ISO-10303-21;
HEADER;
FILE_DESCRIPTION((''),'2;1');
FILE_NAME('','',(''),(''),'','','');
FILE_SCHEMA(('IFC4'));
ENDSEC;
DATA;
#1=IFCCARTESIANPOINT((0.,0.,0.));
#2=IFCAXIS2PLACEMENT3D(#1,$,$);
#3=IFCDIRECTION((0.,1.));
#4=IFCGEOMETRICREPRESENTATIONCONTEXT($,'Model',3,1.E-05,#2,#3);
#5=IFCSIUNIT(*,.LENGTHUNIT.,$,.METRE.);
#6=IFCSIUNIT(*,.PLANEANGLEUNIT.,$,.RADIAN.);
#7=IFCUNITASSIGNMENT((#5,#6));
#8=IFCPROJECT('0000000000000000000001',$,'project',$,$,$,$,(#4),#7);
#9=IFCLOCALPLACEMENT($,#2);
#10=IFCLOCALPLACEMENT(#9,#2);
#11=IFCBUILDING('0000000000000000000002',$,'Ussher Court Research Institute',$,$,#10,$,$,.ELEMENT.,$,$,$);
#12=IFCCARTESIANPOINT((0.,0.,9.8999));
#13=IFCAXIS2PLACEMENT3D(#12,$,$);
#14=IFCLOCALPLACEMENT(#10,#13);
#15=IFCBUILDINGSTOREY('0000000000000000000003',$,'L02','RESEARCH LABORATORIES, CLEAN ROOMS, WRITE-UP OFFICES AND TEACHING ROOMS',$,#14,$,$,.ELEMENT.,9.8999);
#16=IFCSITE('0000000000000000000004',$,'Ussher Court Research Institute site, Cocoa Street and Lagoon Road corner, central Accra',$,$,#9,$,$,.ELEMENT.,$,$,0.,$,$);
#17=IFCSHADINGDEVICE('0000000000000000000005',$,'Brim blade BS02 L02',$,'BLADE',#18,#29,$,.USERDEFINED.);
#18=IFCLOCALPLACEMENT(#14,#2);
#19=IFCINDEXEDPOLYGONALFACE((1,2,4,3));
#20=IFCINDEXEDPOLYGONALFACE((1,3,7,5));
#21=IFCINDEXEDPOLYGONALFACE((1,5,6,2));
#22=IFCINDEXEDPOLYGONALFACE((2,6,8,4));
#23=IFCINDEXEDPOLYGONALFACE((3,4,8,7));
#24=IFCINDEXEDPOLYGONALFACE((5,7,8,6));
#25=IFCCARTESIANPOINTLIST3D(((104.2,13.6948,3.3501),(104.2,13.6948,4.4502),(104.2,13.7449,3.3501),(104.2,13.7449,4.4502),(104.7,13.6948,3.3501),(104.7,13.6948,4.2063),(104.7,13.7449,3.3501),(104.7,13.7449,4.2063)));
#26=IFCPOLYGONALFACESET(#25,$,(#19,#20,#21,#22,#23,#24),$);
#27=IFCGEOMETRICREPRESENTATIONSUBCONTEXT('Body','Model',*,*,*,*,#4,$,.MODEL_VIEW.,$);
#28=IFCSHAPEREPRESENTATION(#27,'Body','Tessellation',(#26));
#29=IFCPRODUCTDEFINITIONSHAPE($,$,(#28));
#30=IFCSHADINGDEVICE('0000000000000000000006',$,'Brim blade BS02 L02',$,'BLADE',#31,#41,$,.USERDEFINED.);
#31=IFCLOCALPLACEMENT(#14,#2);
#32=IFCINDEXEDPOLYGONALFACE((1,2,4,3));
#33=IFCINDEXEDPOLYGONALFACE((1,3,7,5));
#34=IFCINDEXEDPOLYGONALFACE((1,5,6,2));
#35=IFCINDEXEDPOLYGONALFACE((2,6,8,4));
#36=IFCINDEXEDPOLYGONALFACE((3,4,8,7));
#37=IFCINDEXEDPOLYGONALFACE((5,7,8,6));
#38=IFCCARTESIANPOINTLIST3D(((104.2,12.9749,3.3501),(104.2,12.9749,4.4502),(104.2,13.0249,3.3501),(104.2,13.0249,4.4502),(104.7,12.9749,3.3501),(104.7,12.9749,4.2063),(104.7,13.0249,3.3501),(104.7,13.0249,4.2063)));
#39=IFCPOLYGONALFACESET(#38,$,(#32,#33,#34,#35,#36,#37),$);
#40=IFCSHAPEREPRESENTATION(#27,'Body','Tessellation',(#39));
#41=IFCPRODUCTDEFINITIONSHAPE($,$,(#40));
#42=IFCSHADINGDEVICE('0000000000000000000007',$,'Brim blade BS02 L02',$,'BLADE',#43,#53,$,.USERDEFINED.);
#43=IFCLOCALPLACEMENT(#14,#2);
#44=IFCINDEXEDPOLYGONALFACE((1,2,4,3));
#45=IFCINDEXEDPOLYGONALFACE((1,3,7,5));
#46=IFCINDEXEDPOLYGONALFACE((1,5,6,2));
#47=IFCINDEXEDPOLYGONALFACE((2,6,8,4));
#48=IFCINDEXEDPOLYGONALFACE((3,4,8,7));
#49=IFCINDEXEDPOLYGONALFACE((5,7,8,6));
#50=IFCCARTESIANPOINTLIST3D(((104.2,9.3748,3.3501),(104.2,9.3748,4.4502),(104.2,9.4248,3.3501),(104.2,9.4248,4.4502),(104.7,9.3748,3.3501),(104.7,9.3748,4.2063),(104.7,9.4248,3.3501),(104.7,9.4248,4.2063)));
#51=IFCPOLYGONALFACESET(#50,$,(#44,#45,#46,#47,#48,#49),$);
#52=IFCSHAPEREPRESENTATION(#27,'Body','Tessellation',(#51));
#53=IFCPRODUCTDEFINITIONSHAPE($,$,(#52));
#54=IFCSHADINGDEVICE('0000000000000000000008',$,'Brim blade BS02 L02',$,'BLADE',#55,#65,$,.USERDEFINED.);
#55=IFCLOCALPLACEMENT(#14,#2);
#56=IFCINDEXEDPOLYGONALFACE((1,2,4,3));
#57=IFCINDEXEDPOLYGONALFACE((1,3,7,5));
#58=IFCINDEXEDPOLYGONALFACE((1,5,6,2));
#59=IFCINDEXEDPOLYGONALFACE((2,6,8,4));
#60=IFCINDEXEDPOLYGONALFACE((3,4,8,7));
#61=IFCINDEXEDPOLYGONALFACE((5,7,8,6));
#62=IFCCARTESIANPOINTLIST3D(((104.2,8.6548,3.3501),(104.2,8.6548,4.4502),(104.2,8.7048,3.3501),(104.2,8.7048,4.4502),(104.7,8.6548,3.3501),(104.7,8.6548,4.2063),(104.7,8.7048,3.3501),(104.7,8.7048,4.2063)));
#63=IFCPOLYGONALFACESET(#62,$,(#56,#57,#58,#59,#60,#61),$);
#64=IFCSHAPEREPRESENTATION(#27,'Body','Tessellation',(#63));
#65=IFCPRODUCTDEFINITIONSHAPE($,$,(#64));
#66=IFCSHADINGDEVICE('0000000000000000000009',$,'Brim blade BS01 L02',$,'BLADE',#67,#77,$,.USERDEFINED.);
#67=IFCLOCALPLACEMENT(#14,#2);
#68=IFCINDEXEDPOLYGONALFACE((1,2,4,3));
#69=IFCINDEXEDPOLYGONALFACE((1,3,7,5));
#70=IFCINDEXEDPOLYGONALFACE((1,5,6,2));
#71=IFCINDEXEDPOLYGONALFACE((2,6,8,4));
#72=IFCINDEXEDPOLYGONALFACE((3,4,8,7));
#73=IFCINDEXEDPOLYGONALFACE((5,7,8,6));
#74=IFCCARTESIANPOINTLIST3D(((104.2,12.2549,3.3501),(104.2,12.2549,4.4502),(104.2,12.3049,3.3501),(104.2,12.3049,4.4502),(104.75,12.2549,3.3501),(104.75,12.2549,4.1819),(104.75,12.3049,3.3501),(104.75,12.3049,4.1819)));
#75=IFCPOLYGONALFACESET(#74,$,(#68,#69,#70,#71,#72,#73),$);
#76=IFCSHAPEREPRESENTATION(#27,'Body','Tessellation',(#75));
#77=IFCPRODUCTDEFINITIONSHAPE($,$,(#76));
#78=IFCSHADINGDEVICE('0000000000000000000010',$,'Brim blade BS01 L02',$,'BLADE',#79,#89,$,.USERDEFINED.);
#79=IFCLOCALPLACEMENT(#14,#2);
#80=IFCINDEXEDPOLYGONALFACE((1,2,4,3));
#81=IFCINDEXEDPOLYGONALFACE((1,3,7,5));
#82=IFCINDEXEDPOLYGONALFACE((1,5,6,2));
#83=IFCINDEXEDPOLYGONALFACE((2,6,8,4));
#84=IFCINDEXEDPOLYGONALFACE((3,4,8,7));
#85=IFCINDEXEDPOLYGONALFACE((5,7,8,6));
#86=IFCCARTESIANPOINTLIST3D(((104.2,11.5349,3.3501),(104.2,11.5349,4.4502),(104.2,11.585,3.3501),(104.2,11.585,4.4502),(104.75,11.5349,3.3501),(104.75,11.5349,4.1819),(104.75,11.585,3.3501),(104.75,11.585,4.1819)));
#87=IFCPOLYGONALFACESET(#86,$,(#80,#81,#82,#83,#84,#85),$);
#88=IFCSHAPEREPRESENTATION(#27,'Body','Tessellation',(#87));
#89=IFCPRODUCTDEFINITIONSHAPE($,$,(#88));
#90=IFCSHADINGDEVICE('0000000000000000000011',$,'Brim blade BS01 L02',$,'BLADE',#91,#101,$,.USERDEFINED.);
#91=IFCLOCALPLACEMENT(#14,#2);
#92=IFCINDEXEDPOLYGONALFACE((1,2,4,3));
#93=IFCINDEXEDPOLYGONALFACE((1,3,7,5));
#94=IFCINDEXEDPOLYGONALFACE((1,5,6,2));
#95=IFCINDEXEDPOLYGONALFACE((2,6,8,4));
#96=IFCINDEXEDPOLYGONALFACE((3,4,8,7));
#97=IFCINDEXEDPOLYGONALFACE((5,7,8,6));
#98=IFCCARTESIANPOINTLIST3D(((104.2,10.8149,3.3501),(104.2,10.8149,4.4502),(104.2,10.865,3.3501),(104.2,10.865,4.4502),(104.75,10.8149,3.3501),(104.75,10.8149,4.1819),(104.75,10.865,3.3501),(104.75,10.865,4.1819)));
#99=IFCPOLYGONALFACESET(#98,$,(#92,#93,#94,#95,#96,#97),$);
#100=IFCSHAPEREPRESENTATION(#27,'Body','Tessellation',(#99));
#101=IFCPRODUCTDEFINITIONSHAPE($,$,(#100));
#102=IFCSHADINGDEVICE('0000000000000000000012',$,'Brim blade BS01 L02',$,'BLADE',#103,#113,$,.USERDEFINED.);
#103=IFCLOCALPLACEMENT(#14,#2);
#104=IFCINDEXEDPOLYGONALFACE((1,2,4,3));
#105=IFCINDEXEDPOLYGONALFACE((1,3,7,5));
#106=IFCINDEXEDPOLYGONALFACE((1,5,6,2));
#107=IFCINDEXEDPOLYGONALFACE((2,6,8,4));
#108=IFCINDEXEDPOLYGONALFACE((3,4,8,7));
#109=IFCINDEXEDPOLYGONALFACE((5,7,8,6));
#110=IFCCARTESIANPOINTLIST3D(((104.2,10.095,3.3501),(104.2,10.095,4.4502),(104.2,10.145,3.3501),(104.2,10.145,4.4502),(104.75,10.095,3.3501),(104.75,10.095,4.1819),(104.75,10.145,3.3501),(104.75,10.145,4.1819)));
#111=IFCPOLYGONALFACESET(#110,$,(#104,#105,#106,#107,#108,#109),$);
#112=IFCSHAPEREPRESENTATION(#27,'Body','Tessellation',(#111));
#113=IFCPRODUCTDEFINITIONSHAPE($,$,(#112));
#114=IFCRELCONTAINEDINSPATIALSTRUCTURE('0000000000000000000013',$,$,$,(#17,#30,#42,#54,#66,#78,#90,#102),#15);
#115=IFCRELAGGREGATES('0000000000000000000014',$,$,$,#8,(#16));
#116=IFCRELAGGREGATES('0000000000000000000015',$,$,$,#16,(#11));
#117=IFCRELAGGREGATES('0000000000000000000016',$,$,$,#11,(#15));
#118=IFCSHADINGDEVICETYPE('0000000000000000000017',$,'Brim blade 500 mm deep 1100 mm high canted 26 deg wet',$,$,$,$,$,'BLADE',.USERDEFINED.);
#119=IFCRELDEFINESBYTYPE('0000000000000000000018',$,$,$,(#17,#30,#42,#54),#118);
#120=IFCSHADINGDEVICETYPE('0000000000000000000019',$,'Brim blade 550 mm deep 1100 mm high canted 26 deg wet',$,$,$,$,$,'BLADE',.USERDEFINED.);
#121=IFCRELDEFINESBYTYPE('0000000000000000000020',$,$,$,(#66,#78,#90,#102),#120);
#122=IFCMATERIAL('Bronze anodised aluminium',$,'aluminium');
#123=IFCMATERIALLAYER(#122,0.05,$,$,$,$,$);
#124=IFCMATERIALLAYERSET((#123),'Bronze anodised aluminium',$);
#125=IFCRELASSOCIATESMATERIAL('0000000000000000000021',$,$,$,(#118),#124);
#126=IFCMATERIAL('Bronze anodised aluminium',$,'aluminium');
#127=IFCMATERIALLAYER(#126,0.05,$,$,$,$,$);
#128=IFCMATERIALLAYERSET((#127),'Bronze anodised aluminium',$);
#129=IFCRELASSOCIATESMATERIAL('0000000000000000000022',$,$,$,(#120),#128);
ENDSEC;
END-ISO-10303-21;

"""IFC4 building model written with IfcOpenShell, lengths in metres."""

from ifc_helpers import new_model, si_unit, direction, frame, origin, place, context, subcontext, project, spatial, polyline, outline, extrude, material, layer, layer_set, type_object, element, save


model = new_model("IFC4")

# Units and contexts
model_context = context("Model", 3, precision=1e-05, world=origin(), true_north=direction((0.0, 1.0)))
body_context = subcontext(model_context, "Body", "Model", "MODEL_VIEW")
ifc_project = project(units=[si_unit("LENGTHUNIT", "METRE"), si_unit("PLANEANGLEUNIT", "RADIAN")], contexts=[model_context])

# Site, building, storey
site_placement = place(None, origin())
site = spatial("IfcSite", under=ifc_project, at=site_placement, Name="Ussher Court Research Institute site, Cocoa Street and Lagoon Road corner, central Accra", CompositionType="ELEMENT", RefElevation=0.0)
building_placement = place(site_placement, origin())
building = spatial("IfcBuilding", under=site, at=building_placement, Name="Ussher Court Research Institute", CompositionType="ELEMENT")
storey_placement = place(building_placement, frame((0.0, 0.0, 9.8999)))
storey = spatial("IfcBuildingStorey", under=building, at=storey_placement, Name="L02", Description="RESEARCH LABORATORIES, CLEAN ROOMS, WRITE-UP OFFICES AND TEACHING ROOMS", CompositionType="ELEMENT", Elevation=9.8999)

# Shading devices
ifc_material_1 = material(Name="Bronze anodised aluminium", Category="aluminium")
ifc_layer_1 = layer(ifc_material_1, 0.05)
ifc_layer_set_1 = layer_set([ifc_layer_1], Name="Bronze anodised aluminium")
shading_device_type_1 = type_object("IfcShadingDeviceType", Name="Brim blade 500 mm deep 1100 mm high canted 26 deg wet", ElementType="BLADE", PredefinedType="USERDEFINED", material=ifc_layer_set_1)
for number, where, z_axis, x_axis, name in (
    (1, (104.2, 13.72, 3.3501), (0.0, 0.0, 1.0), (1.0, 0.0, 0.0), "Brim blade BS02 L02"),
    (2, (104.2, 13.0, 3.3501), (0.0, 0.0, 1.0), (1.0, 0.0, 0.0), "Brim blade BS02 L02"),
    (3, (104.2, 9.3999, 3.3501), (0.0, 0.0, 1.0), (1.0, 0.0, 0.0), "Brim blade BS02 L02"),
    (4, (104.2, 8.6799, 3.3501), (0.0, 0.0, 1.0), (1.0, 0.0, 0.0), "Brim blade BS02 L02"),
):
    element("IfcShadingDevice", number, at=place(storey_placement, frame(where, z_axis=z_axis, x_axis=x_axis)), inside=storey, type_object=shading_device_type_1, Name=name, ObjectType="BLADE", PredefinedType="USERDEFINED", context=body_context, shape_type="SweptSolid", body=[
        extrude(outline(polyline([(0.0, 0.0), (0.5, 0.0), (0.5, 0.8562), (0.0, 1.1001), (0.0, 0.0)])), frame((0.0, 0.0249, 0.0), z_axis=(0.0, -1.0, 0.0), x_axis=(1.0, 0.0, 0.0)), (0.0, 0.0, 1.0), 0.05),
    ])
ifc_material_2 = material(Name="Bronze anodised aluminium", Category="aluminium")
ifc_layer_2 = layer(ifc_material_2, 0.05)
ifc_layer_set_2 = layer_set([ifc_layer_2], Name="Bronze anodised aluminium")
shading_device_type_2 = type_object("IfcShadingDeviceType", Name="Brim blade 550 mm deep 1100 mm high canted 26 deg wet", ElementType="BLADE", PredefinedType="USERDEFINED", material=ifc_layer_set_2)
for number, where, z_axis, x_axis, name in (
    (5, (104.2, 12.28, 3.3501), (0.0, 0.0, 1.0), (1.0, 0.0, 0.0), "Brim blade BS01 L02"),
    (6, (104.2, 11.5601, 3.3501), (0.0, 0.0, 1.0), (1.0, 0.0, 0.0), "Brim blade BS01 L02"),
    (7, (104.2, 10.8401, 3.3501), (0.0, 0.0, 1.0), (1.0, 0.0, 0.0), "Brim blade BS01 L02"),
    (8, (104.2, 10.1201, 3.3501), (0.0, 0.0, 1.0), (1.0, 0.0, 0.0), "Brim blade BS01 L02"),
):
    element("IfcShadingDevice", number, at=place(storey_placement, frame(where, z_axis=z_axis, x_axis=x_axis)), inside=storey, type_object=shading_device_type_2, Name=name, ObjectType="BLADE", PredefinedType="USERDEFINED", context=body_context, shape_type="SweptSolid", body=[
        extrude(outline(polyline([(0.0, 0.0), (0.55, 0.0), (0.55, 0.8318), (0.0, 1.1001), (0.0, 0.0)])), frame((0.0, 0.0249, 0.0), z_axis=(0.0, -1.0, 0.0), x_axis=(1.0, 0.0, 0.0)), (0.0, 0.0, 1.0), 0.05),
    ])

save(model, "model.ifc")
